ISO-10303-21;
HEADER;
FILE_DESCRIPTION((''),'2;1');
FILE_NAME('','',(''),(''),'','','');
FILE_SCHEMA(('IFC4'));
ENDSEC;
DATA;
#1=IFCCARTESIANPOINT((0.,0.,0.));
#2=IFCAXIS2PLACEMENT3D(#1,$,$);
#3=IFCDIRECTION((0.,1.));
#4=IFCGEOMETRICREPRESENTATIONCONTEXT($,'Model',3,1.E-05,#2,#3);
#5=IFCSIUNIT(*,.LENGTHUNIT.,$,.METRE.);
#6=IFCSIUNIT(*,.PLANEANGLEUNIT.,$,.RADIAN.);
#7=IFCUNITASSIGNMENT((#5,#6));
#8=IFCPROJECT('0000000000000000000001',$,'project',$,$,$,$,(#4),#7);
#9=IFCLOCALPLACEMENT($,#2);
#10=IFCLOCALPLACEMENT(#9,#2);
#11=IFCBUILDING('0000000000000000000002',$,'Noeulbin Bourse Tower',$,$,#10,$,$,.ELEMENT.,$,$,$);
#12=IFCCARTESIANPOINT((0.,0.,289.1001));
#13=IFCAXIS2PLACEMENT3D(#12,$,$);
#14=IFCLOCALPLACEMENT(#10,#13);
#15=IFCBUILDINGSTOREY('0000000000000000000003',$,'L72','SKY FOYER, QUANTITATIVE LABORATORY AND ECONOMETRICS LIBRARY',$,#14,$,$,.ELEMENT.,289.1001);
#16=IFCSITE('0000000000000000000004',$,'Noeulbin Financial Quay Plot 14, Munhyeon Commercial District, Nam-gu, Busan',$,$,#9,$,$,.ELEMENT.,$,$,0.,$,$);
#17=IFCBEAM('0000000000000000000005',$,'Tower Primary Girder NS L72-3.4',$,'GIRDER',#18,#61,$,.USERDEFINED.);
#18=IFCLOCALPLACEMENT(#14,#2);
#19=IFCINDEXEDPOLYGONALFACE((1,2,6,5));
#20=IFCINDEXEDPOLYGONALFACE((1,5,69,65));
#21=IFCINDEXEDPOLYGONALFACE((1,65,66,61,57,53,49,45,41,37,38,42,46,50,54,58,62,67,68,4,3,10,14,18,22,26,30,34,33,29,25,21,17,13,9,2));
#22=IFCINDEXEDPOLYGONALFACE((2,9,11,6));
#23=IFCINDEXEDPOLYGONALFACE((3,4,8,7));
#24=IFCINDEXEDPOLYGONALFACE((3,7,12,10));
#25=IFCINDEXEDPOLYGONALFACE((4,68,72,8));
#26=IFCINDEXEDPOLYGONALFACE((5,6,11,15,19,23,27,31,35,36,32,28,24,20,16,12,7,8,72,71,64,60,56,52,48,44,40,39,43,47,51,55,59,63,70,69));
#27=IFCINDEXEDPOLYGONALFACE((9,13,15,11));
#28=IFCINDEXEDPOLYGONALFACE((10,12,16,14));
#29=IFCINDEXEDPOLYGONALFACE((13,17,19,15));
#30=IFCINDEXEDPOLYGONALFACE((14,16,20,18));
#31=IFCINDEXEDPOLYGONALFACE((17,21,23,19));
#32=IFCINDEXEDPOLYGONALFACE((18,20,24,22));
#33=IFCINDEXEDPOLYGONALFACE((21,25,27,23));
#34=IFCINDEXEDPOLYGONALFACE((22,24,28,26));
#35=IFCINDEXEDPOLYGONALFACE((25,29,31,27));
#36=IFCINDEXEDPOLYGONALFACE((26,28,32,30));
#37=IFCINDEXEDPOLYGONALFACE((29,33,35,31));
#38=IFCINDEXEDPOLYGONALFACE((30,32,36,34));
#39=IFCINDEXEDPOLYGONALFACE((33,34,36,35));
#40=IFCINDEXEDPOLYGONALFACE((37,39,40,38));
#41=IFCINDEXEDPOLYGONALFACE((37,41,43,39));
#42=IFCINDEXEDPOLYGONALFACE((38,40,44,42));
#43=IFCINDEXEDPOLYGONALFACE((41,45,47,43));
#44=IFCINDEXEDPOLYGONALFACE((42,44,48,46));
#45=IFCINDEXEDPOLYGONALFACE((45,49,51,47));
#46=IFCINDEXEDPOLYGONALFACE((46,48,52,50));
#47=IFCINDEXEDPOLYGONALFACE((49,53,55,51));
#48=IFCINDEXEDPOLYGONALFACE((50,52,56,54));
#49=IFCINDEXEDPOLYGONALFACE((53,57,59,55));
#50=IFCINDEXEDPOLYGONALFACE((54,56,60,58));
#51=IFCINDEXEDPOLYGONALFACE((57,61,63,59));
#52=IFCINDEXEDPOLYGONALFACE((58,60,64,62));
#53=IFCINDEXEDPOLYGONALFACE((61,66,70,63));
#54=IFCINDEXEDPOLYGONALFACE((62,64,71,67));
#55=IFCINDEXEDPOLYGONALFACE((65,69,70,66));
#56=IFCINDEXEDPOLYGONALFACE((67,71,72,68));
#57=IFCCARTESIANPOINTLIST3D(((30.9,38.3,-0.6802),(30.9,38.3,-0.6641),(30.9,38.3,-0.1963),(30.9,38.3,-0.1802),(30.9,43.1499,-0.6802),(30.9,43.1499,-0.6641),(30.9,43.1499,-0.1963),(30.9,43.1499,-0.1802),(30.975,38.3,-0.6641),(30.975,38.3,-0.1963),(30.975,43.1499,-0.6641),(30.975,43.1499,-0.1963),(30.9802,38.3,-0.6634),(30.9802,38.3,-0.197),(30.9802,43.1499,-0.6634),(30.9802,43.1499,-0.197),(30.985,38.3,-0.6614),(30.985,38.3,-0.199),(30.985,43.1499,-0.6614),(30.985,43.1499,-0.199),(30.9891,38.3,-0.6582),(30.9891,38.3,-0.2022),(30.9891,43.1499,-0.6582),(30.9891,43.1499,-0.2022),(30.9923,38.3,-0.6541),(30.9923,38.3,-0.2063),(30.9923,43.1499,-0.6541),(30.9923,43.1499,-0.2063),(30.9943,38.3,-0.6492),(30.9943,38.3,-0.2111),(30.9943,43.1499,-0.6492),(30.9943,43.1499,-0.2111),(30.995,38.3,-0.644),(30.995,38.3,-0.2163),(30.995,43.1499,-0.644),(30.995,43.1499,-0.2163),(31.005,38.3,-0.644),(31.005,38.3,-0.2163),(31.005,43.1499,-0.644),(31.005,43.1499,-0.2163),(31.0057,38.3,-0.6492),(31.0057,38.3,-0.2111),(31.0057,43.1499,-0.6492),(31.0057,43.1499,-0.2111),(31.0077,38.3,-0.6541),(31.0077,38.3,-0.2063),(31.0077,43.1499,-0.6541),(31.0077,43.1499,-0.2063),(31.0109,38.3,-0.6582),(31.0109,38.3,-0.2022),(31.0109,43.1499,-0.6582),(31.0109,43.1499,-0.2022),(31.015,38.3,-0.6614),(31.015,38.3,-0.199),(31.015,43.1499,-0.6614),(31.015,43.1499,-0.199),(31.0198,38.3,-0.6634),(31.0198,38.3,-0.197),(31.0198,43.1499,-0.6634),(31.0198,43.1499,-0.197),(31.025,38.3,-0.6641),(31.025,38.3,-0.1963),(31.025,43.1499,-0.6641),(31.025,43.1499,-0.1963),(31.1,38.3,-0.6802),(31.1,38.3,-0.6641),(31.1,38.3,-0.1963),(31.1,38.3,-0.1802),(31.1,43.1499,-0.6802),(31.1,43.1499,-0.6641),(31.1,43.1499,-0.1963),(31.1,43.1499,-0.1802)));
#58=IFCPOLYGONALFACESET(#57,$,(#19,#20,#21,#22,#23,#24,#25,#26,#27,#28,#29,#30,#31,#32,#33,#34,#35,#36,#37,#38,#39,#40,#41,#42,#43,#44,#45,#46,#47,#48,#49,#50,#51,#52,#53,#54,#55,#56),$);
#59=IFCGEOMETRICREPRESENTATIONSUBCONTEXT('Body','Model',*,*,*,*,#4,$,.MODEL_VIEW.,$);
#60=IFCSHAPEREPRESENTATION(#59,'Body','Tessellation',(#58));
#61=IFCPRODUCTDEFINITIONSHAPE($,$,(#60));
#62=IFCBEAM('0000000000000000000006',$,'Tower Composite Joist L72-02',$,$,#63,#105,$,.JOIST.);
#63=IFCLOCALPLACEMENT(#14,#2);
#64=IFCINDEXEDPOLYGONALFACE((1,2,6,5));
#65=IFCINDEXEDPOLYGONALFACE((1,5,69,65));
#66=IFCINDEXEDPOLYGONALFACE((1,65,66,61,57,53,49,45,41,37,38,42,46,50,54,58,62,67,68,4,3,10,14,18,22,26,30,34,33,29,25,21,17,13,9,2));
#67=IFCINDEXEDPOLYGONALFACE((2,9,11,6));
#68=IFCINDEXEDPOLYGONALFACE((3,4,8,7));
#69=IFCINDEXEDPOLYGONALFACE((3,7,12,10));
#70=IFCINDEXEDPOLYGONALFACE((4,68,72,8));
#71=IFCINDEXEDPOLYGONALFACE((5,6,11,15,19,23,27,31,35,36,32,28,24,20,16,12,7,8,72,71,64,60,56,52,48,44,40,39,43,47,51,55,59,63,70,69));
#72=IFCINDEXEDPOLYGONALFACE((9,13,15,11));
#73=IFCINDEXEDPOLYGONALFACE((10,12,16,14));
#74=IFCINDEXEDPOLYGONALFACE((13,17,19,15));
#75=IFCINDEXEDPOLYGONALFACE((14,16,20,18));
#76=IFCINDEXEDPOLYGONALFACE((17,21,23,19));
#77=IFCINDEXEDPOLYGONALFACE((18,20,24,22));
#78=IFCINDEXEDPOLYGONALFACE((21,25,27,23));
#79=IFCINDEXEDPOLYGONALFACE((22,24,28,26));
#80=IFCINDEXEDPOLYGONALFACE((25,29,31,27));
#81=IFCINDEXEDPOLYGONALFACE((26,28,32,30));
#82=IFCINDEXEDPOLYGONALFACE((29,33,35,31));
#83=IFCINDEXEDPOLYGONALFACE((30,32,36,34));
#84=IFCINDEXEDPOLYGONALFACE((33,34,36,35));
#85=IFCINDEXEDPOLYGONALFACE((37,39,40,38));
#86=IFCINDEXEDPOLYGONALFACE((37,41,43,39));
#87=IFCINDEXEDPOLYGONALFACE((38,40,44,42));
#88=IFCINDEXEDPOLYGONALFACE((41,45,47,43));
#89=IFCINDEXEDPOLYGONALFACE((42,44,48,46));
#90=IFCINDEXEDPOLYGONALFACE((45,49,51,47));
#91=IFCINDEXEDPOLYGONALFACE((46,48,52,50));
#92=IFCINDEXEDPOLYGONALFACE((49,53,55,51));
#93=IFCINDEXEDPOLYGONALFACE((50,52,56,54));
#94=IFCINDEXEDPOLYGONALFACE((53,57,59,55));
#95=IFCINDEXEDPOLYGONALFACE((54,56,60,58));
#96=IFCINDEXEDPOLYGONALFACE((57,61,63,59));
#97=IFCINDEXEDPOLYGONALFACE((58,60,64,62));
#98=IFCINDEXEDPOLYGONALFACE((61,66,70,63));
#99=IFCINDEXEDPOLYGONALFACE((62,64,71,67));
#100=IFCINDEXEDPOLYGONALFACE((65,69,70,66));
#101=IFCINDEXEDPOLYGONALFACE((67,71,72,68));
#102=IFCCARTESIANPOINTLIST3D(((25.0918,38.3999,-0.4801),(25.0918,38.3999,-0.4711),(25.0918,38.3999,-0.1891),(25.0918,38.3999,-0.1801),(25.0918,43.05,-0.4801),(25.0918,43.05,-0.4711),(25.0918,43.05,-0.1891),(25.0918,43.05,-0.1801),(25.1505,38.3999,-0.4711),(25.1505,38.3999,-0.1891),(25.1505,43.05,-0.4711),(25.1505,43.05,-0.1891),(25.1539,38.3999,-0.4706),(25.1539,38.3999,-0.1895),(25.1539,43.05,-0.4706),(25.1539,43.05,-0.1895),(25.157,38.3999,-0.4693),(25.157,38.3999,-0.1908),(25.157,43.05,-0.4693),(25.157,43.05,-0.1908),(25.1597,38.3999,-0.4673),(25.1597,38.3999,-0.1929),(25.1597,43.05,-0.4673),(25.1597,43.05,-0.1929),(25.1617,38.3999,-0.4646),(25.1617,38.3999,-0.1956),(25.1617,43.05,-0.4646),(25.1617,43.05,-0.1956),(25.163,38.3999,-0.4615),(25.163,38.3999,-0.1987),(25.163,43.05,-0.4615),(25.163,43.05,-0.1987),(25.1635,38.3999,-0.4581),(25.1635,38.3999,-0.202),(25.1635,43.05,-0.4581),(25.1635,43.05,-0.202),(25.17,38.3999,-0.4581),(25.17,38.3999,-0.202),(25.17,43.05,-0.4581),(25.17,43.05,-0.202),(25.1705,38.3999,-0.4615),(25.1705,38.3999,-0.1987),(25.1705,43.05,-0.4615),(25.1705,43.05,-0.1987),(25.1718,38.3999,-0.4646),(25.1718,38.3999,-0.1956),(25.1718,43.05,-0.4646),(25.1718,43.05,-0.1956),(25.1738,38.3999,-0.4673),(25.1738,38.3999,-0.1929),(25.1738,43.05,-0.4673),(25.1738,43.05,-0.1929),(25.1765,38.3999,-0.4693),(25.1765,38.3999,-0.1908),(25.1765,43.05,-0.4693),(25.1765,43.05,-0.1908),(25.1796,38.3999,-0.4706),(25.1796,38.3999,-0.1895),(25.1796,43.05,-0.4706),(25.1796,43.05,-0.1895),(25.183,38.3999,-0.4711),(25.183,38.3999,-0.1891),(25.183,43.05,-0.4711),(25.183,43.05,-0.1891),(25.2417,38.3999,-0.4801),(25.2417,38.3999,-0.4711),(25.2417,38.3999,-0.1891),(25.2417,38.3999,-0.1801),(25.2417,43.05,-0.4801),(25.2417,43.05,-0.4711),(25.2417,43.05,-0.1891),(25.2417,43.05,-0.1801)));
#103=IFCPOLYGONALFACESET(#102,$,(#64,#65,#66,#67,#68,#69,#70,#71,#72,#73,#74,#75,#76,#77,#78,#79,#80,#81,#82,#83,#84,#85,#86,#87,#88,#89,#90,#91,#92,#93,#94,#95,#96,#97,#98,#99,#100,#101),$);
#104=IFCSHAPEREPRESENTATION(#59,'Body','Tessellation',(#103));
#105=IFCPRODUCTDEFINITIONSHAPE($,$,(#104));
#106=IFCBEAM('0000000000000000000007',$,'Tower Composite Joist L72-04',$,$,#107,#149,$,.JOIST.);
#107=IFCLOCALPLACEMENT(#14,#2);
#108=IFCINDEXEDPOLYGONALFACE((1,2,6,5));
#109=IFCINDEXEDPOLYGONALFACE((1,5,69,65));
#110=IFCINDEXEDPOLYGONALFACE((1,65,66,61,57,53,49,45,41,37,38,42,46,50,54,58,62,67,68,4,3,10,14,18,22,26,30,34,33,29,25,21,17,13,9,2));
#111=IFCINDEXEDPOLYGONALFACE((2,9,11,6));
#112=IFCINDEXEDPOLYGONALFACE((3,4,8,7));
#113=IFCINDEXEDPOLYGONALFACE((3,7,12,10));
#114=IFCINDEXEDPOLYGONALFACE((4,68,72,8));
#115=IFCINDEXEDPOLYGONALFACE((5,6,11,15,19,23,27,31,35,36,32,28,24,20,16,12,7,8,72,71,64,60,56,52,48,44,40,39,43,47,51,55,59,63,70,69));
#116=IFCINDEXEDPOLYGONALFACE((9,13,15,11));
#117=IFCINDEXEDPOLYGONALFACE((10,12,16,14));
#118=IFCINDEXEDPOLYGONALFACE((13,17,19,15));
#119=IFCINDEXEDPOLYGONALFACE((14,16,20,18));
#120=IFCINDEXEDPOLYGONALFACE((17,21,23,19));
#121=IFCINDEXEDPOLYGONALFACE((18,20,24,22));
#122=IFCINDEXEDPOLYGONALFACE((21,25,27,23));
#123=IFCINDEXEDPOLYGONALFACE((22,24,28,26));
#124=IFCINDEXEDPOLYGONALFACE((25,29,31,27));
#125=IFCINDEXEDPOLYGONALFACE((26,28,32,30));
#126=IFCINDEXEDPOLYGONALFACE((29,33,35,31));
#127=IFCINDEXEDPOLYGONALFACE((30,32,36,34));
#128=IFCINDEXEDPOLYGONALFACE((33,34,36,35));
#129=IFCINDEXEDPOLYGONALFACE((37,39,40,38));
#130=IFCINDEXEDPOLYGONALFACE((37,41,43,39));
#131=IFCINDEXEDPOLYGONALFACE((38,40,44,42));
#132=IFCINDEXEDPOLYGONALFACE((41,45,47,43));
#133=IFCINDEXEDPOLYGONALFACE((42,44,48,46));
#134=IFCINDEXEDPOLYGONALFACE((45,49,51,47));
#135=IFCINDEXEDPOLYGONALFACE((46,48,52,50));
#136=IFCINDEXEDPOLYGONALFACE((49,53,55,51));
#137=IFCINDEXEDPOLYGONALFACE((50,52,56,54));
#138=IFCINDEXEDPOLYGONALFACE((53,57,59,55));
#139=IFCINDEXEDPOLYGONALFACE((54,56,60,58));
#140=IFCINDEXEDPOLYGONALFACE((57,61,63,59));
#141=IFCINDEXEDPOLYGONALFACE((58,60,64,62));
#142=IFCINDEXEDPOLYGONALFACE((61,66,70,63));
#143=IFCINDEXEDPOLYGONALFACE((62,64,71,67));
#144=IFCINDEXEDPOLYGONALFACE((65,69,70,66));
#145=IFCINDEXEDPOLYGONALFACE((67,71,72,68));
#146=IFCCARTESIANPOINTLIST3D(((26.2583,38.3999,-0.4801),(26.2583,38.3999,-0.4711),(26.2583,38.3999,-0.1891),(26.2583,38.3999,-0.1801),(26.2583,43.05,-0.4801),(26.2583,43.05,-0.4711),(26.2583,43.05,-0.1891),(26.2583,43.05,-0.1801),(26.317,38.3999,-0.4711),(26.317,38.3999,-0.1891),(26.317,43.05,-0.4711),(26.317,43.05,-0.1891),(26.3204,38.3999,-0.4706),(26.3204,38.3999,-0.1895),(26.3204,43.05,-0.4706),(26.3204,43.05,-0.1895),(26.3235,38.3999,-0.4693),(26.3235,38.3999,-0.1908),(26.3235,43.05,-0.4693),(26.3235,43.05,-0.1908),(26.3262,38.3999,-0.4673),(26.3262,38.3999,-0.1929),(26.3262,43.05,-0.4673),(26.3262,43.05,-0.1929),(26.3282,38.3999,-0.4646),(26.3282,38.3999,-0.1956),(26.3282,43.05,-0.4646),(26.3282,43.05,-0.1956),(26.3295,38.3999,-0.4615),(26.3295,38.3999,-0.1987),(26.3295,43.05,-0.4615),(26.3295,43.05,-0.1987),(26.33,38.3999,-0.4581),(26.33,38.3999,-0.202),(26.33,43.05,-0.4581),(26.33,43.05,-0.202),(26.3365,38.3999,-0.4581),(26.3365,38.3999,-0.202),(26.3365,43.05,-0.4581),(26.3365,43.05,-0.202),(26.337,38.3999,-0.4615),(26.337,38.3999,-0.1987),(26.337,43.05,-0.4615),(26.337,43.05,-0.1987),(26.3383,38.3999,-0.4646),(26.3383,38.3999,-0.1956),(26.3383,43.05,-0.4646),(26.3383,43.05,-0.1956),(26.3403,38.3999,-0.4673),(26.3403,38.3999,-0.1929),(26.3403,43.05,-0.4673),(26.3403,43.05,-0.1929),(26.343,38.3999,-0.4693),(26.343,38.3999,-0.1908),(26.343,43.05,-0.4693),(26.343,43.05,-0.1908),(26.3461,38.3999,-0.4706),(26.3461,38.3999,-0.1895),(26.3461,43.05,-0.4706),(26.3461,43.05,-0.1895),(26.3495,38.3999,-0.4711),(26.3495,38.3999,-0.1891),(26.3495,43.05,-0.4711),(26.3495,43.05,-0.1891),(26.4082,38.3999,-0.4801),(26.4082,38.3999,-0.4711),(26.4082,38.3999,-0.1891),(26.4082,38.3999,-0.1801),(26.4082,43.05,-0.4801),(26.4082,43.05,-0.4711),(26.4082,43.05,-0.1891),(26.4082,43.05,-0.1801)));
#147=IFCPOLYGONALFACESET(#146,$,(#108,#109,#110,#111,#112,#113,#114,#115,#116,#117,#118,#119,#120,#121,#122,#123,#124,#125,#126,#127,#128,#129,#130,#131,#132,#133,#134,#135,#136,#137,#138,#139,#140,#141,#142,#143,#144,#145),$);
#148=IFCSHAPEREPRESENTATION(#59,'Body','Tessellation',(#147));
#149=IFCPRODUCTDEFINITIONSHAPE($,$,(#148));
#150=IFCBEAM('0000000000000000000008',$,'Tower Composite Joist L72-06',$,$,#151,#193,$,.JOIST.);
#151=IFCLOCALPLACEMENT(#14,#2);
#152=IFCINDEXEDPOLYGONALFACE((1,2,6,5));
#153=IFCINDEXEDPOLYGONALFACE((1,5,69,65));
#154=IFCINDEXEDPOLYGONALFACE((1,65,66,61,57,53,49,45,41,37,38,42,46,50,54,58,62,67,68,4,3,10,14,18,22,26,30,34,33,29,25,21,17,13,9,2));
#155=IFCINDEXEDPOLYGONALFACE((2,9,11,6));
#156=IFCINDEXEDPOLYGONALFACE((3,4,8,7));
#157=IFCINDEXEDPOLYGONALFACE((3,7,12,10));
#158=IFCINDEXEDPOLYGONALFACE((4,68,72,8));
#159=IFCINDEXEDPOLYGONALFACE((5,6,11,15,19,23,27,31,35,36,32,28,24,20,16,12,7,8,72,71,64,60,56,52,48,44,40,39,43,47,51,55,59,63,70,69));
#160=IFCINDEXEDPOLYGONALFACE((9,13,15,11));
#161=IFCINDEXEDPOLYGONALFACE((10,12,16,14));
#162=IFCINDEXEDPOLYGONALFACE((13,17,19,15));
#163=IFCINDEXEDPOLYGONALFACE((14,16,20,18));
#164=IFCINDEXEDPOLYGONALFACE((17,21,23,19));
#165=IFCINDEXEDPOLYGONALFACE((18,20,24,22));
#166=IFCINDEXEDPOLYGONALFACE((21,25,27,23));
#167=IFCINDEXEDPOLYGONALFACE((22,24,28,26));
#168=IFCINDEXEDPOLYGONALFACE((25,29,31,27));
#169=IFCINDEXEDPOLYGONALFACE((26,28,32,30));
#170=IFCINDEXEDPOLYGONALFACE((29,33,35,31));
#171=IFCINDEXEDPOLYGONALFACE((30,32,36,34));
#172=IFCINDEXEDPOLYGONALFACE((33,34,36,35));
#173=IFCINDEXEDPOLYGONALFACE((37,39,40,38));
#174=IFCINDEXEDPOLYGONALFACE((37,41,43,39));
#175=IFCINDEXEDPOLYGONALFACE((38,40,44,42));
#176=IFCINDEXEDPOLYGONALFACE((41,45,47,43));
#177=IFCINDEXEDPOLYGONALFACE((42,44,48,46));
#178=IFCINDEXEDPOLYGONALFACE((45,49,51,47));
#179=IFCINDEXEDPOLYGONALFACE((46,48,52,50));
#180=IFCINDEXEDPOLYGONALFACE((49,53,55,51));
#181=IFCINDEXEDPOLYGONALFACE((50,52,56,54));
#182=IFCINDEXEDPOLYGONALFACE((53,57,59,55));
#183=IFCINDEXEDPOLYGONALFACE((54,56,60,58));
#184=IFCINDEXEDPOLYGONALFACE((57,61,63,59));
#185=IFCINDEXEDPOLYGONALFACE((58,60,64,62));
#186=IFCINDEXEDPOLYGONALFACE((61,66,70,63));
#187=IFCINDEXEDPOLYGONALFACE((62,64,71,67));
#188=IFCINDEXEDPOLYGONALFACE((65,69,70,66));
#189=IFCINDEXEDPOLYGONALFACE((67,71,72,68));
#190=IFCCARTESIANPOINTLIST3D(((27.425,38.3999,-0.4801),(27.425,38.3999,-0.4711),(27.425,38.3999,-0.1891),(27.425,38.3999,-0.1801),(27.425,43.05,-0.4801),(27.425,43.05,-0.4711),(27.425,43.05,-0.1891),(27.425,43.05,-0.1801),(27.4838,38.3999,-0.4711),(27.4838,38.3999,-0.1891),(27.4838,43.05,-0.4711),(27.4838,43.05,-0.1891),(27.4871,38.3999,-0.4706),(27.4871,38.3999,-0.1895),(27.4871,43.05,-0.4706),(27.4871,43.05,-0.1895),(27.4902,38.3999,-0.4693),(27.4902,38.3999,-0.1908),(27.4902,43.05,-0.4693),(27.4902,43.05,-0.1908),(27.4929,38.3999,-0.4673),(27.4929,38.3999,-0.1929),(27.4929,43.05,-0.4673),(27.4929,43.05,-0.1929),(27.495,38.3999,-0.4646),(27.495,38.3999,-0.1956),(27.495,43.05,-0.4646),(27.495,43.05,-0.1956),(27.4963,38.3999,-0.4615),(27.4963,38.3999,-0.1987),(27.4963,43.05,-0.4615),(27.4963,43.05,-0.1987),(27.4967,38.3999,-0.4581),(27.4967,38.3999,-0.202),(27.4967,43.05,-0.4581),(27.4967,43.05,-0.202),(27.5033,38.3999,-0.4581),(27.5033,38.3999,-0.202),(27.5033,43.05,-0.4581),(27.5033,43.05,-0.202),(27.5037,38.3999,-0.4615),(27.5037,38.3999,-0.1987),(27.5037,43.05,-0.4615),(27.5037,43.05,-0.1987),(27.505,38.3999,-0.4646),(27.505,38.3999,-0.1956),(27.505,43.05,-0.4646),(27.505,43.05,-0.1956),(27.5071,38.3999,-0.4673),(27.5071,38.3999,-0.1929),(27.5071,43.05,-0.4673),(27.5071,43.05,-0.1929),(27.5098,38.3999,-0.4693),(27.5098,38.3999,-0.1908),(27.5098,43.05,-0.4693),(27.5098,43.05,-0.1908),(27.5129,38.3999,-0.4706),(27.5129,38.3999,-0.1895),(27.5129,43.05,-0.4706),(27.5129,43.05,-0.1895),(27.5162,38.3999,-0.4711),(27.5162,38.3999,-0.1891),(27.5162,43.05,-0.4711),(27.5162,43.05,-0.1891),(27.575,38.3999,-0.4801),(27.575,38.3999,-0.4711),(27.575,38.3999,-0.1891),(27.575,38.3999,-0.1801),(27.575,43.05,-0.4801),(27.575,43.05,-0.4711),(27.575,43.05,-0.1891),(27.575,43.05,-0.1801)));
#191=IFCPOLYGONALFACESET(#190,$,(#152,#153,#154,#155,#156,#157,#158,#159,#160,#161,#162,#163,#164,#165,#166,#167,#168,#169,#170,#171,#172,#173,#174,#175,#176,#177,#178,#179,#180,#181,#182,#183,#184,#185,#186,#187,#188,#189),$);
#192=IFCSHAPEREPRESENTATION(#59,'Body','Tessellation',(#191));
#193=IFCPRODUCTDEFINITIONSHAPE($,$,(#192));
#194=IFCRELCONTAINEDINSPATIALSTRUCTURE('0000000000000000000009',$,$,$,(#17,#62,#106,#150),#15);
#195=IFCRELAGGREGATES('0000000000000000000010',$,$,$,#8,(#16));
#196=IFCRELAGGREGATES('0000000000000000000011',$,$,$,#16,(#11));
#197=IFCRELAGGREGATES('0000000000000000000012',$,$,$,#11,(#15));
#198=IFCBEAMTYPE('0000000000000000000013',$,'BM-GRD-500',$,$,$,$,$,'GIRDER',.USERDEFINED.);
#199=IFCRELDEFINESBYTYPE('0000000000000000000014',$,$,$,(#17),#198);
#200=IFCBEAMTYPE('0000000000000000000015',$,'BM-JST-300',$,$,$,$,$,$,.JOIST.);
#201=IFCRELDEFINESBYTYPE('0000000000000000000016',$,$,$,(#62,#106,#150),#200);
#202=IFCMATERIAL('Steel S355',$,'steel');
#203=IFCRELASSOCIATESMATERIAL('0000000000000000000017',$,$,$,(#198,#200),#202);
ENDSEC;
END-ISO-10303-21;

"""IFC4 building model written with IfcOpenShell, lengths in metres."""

from ifc_helpers import new_model, si_unit, direction, frame, origin, origin_2d, place, context, subcontext, project, spatial, i_section, extrude, material, material_profile, profile_set, type_object, element, save


model = new_model("IFC4")

# Units and contexts
model_context = context("Model", 3, precision=1e-05, world=origin(), true_north=direction((0.0, 1.0)))
body_context = subcontext(model_context, "Body", "Model", "MODEL_VIEW")
ifc_project = project(units=[si_unit("LENGTHUNIT", "METRE"), si_unit("PLANEANGLEUNIT", "RADIAN")], contexts=[model_context])

# Site, building, storey
site_placement = place(None, origin())
site = spatial("IfcSite", under=ifc_project, at=site_placement, Name="Noeulbin Financial Quay Plot 14, Munhyeon Commercial District, Nam-gu, Busan", CompositionType="ELEMENT", RefElevation=0.0)
building_placement = place(site_placement, origin())
building = spatial("IfcBuilding", under=site, at=building_placement, Name="Noeulbin Bourse Tower", CompositionType="ELEMENT")
storey_placement = place(building_placement, frame((0.0, 0.0, 289.1001)))
storey = spatial("IfcBuildingStorey", under=building, at=storey_placement, Name="L72", Description="SKY FOYER, QUANTITATIVE LABORATORY AND ECONOMETRICS LIBRARY", CompositionType="ELEMENT", Elevation=289.1001)

# Shared definitions
ifc_material_1 = material(Name="Steel S355", Category="steel")

# Beams
ifc_material_profile_1 = material_profile(ifc_material_1, i_section(OverallWidth=0.2, OverallDepth=0.5, WebThickness=0.01, FlangeThickness=0.0161, FilletRadius=0.02, at=origin_2d()), Name="H-500x200x10x16", Category="LoadBearing")
ifc_profile_set_1 = profile_set([ifc_material_profile_1], Name="Steel S355")
beam_type_1 = type_object("IfcBeamType", Name="BM-GRD-500", ElementType="GIRDER", PredefinedType="USERDEFINED", material=ifc_profile_set_1)
for number, where, z_axis, x_axis, name in (
    (1, (31.0, 38.3, -0.4302), (0.0, 1.0, 0.0), (-1.0, 0.0, 0.0), "Tower Primary Girder NS L72-3.4"),
):
    element("IfcBeam", number, at=place(storey_placement, frame(where, z_axis=z_axis, x_axis=x_axis)), inside=storey, type_object=beam_type_1, Name=name, ObjectType="GIRDER", PredefinedType="USERDEFINED", context=body_context, shape_type="SweptSolid", body=[
        extrude(i_section(OverallWidth=0.2, OverallDepth=0.5, WebThickness=0.01, FlangeThickness=0.0161, FilletRadius=0.02, at=origin_2d()), origin(), (0.0, 0.0, 1.0), 4.8499),
    ])
ifc_material_profile_2 = material_profile(ifc_material_1, i_section(OverallWidth=0.1499, OverallDepth=0.3, WebThickness=0.0066, FlangeThickness=0.009, FilletRadius=0.0129, at=origin_2d()), Name="H-300x150x6.5x9", Category="LoadBearing")
ifc_profile_set_2 = profile_set([ifc_material_profile_2], Name="Steel S355")
beam_type_2 = type_object("IfcBeamType", Name="BM-JST-300", PredefinedType="JOIST", material=ifc_profile_set_2)
for number, where, z_axis, x_axis, name in (
    (2, (25.1667, 38.3999, -0.3301), (0.0, 1.0, 0.0), (-1.0, 0.0, 0.0), "Tower Composite Joist L72-02"),
    (3, (26.3333, 38.3999, -0.3301), (0.0, 1.0, 0.0), (-1.0, 0.0, 0.0), "Tower Composite Joist L72-04"),
    (4, (27.5, 38.3999, -0.3301), (0.0, 1.0, 0.0), (-1.0, 0.0, 0.0), "Tower Composite Joist L72-06"),
):
    element("IfcBeam", number, at=place(storey_placement, frame(where, z_axis=z_axis, x_axis=x_axis)), inside=storey, type_object=beam_type_2, Name=name, PredefinedType="JOIST", context=body_context, shape_type="SweptSolid", body=[
        extrude(i_section(OverallWidth=0.1499, OverallDepth=0.3, WebThickness=0.0066, FlangeThickness=0.009, FilletRadius=0.0129, at=origin_2d()), origin(), (0.0, 0.0, 1.0), 4.6501),
    ])

save(model, "model.ifc")
